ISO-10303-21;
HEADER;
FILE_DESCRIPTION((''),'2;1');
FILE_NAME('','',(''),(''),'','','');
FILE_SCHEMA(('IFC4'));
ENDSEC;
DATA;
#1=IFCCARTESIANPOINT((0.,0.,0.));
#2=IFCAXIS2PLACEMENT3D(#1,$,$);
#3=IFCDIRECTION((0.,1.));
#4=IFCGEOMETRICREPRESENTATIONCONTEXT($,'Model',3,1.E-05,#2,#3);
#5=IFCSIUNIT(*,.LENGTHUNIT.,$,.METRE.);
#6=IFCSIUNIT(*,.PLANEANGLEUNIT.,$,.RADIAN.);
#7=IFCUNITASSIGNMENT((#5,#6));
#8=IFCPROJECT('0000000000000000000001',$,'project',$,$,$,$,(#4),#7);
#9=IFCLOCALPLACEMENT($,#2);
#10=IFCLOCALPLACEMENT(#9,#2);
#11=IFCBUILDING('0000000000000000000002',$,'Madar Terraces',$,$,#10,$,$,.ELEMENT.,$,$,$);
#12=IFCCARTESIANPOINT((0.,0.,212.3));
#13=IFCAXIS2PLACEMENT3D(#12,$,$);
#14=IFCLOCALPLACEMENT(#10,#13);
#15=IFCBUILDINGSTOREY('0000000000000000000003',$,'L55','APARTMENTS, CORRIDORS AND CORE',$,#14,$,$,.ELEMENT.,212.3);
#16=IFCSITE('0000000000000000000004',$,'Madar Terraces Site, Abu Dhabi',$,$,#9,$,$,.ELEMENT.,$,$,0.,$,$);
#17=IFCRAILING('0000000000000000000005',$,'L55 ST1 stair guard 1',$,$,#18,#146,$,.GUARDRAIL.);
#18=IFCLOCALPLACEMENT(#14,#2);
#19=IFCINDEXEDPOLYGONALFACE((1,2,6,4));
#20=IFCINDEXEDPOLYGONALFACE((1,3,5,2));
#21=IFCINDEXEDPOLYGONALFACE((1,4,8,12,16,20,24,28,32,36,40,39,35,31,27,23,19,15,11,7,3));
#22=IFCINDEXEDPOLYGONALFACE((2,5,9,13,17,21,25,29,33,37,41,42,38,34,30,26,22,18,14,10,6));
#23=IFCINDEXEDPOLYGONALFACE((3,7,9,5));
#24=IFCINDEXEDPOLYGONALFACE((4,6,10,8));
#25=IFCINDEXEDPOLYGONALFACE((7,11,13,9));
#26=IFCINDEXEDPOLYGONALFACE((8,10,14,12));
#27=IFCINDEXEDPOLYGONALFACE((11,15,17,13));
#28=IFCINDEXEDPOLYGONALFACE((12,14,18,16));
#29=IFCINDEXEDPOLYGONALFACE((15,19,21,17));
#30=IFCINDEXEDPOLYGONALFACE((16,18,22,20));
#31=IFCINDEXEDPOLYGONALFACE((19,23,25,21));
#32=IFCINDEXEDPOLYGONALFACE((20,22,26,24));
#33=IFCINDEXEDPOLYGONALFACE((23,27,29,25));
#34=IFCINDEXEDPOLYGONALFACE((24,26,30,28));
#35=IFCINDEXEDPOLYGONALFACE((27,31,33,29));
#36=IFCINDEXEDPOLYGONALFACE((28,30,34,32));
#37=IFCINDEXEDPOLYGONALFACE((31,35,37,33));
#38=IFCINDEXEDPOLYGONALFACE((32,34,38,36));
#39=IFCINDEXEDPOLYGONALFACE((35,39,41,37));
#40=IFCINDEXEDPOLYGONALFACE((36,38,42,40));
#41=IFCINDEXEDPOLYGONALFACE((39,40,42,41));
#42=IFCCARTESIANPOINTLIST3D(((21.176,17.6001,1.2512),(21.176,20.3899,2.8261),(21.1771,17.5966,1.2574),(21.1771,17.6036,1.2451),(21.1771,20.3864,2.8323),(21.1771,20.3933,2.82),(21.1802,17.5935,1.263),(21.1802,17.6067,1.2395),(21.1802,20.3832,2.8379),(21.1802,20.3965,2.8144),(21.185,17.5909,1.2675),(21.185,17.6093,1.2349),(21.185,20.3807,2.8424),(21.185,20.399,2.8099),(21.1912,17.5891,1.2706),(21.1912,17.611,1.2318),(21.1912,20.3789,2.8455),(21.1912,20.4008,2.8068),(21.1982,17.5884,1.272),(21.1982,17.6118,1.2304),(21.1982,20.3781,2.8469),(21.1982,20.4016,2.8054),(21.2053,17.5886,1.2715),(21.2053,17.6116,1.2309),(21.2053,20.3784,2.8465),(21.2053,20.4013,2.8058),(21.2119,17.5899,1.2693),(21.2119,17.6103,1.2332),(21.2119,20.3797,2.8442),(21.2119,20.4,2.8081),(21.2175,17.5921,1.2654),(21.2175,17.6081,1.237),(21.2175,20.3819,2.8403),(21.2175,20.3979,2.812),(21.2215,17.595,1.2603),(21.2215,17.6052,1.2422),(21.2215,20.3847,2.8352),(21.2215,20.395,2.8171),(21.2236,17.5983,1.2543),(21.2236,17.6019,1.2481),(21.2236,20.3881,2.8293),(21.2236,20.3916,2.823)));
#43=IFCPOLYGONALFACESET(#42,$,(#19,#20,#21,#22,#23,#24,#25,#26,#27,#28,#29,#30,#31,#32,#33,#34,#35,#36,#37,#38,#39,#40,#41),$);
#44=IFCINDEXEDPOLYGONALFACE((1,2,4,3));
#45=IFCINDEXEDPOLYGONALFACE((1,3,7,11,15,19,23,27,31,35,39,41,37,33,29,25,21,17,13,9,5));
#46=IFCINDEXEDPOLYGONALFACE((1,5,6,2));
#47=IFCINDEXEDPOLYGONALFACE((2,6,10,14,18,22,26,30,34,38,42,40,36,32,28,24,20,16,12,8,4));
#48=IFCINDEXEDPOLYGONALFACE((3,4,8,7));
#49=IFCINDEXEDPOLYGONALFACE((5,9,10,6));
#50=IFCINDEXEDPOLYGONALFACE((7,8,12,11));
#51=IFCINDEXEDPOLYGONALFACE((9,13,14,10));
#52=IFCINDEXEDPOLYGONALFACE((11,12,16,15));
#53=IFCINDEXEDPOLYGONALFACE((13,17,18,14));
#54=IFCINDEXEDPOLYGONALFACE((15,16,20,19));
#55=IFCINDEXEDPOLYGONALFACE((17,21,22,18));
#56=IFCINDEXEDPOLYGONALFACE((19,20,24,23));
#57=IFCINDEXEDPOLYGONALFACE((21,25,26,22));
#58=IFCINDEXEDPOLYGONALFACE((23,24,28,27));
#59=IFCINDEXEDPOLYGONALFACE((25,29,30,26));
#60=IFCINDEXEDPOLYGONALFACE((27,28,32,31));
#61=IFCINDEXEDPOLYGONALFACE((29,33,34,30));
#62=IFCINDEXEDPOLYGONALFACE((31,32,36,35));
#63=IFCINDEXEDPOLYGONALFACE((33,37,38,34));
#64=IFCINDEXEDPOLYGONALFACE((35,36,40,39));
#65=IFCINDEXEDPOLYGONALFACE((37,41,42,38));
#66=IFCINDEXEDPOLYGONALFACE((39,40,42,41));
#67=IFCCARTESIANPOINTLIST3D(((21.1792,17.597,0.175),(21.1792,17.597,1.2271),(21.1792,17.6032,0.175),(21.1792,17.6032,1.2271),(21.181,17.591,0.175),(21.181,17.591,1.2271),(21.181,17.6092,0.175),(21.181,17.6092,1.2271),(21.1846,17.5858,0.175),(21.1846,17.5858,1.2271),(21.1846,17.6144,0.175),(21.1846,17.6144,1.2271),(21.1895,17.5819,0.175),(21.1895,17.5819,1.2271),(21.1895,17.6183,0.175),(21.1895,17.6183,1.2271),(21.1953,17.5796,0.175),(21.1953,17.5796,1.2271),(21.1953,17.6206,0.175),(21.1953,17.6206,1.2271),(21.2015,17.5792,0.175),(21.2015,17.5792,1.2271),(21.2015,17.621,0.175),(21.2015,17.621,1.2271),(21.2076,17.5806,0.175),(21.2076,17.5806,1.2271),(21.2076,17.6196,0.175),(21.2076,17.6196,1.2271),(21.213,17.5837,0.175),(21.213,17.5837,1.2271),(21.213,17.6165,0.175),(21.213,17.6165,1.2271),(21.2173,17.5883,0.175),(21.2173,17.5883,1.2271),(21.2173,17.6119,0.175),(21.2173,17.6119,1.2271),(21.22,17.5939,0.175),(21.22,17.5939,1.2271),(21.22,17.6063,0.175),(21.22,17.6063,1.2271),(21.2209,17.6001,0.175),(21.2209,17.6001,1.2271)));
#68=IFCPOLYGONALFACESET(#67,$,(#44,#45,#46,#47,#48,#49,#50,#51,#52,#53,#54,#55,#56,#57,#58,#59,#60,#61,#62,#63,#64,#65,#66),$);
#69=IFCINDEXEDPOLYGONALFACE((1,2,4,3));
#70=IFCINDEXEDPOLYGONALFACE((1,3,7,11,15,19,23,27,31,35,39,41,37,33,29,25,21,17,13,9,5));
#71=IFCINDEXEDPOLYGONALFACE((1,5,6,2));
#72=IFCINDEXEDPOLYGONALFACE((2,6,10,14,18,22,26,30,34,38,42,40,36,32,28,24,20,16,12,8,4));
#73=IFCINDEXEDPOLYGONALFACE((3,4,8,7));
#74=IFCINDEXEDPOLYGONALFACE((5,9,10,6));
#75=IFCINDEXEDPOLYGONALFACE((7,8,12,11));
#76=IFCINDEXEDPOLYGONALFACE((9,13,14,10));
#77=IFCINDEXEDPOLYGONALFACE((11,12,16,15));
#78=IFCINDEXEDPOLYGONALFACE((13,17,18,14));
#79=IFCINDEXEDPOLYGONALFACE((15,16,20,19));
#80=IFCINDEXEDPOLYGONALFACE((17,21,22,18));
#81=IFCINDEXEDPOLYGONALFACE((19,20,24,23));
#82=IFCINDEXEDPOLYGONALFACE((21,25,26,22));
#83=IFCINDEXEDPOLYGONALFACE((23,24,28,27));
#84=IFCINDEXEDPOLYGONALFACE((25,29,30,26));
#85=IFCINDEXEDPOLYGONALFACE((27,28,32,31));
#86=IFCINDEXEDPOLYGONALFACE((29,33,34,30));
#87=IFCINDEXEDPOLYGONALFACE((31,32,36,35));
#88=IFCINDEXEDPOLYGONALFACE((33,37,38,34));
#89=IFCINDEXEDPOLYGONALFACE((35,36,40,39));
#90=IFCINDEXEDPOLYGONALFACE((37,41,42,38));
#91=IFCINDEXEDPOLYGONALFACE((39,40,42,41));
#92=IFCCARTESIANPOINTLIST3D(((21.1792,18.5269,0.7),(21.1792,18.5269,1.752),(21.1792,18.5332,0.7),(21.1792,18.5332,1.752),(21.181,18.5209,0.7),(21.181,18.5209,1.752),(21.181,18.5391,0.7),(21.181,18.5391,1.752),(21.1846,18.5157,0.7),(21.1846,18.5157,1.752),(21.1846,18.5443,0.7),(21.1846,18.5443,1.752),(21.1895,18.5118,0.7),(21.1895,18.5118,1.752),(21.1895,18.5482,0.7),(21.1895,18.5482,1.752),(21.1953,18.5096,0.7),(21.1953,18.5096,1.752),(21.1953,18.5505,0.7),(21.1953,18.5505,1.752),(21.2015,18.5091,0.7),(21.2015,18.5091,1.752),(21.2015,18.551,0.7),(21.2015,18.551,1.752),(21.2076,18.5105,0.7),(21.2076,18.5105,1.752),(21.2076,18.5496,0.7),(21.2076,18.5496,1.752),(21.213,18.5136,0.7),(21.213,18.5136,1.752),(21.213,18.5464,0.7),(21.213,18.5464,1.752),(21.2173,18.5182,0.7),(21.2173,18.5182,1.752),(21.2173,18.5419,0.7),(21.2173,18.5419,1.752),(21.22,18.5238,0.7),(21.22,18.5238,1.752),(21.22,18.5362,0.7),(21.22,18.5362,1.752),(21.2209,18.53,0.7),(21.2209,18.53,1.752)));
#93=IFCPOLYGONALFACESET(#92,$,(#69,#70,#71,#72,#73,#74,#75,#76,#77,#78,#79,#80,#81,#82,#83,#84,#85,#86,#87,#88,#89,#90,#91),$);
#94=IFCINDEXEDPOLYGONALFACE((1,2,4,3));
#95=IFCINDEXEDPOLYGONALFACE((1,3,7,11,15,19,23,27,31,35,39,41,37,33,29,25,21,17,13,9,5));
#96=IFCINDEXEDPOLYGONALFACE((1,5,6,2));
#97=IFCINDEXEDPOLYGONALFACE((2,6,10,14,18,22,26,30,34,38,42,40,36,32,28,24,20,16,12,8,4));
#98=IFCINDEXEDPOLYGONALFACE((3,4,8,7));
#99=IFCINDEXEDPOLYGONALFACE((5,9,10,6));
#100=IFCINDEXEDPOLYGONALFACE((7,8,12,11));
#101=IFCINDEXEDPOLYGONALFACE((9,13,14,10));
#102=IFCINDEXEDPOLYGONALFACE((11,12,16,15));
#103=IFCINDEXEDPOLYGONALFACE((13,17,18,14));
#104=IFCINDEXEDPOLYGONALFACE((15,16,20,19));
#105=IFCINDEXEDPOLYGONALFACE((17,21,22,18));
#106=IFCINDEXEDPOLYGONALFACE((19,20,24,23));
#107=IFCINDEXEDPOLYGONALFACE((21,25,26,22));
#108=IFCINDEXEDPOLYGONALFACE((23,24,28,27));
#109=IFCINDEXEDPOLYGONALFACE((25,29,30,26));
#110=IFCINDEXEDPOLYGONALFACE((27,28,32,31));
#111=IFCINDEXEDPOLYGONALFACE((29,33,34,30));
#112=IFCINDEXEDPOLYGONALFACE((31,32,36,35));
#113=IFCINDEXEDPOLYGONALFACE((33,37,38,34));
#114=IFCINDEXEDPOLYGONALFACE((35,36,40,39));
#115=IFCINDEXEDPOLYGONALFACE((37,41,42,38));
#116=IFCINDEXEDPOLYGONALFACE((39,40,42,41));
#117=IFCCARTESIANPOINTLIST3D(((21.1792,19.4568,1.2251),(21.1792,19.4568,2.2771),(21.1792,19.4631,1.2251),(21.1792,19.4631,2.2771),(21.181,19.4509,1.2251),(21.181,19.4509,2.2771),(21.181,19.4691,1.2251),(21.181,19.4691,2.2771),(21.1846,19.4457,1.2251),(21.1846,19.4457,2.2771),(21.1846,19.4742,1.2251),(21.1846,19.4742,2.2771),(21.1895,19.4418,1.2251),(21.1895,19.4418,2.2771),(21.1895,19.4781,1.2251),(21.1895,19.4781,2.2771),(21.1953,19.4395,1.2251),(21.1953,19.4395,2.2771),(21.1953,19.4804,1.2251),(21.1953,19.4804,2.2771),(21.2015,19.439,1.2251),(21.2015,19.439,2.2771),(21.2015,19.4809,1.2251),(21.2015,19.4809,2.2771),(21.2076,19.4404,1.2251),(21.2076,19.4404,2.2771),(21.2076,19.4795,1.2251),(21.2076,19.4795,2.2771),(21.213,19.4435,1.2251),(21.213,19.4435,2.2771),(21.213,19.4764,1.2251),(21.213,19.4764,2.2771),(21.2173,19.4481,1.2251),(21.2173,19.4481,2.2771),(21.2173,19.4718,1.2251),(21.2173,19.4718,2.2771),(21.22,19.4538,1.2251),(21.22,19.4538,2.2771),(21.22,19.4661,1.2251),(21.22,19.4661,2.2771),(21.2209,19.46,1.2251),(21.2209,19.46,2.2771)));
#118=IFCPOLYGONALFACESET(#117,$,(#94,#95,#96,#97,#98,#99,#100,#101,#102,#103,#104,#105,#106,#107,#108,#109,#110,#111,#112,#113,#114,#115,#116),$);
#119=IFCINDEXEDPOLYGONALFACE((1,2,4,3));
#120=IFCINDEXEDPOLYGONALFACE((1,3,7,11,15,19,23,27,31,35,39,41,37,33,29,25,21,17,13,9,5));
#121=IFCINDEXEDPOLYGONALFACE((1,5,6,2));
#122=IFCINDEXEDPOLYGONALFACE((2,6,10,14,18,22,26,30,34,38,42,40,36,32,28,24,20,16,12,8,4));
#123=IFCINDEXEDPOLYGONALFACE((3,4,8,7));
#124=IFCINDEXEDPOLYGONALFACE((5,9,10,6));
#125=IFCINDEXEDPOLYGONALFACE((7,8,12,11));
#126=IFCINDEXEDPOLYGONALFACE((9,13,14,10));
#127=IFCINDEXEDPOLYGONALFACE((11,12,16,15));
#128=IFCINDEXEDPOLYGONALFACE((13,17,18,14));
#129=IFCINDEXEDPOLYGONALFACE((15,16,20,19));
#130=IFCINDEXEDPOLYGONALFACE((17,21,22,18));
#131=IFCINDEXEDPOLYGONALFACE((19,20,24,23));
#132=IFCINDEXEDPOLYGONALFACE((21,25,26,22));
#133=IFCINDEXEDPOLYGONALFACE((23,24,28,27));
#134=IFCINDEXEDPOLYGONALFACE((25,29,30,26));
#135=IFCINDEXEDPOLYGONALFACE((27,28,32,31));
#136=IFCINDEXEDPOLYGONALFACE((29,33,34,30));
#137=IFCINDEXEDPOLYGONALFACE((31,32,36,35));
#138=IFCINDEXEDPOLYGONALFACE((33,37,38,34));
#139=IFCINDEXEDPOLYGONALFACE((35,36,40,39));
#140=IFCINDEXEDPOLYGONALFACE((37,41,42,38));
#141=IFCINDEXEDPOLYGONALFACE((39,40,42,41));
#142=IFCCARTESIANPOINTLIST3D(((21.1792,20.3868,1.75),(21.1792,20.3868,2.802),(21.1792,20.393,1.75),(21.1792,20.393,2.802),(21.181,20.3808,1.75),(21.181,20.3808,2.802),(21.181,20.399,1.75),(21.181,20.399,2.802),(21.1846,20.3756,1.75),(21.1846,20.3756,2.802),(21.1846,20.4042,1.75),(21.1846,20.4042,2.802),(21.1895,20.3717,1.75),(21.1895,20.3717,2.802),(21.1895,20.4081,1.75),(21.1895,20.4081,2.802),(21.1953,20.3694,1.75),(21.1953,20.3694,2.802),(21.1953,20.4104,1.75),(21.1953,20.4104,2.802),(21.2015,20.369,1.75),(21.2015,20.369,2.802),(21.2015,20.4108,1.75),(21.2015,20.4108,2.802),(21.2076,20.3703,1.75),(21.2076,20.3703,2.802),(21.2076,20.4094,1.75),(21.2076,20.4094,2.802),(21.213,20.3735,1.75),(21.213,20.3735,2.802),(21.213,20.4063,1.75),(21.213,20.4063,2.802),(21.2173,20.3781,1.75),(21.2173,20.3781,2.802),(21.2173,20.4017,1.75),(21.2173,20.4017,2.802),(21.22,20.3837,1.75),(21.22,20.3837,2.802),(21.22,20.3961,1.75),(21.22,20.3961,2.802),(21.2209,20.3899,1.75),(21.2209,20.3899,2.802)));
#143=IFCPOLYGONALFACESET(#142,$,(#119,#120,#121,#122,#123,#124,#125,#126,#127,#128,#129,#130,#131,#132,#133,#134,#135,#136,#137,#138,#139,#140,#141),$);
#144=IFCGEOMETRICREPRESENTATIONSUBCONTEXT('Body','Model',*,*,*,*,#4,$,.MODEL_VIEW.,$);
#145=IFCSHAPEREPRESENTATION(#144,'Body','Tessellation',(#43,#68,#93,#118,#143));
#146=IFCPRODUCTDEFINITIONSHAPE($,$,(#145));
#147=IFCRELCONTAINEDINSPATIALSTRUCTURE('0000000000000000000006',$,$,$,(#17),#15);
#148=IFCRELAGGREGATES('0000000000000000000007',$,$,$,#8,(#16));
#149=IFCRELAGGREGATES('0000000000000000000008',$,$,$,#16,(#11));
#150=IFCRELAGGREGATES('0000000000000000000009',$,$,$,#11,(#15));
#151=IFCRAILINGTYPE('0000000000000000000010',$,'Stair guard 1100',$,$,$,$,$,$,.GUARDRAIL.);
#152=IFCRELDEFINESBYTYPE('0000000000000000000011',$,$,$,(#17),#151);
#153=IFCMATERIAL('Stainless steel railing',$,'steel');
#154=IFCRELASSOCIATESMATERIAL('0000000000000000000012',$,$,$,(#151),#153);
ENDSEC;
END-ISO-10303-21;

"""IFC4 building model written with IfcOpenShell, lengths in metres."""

from ifc_helpers import new_model, si_unit, direction, frame, origin, origin_2d, place, context, subcontext, project, spatial, circle, extrude, material, type_object, element, save


model = new_model("IFC4")

# Units and contexts
model_context = context("Model", 3, precision=1e-05, world=origin(), true_north=direction((0.0, 1.0)))
body_context = subcontext(model_context, "Body", "Model", "MODEL_VIEW")
ifc_project = project(units=[si_unit("LENGTHUNIT", "METRE"), si_unit("PLANEANGLEUNIT", "RADIAN")], contexts=[model_context])

# Site, building, storey
site_placement = place(None, origin())
site = spatial("IfcSite", under=ifc_project, at=site_placement, Name="Madar Terraces Site, Abu Dhabi", CompositionType="ELEMENT", RefElevation=0.0)
building_placement = place(site_placement, origin())
building = spatial("IfcBuilding", under=site, at=building_placement, Name="Madar Terraces", CompositionType="ELEMENT")
storey_placement = place(building_placement, frame((0.0, 0.0, 212.3)))
storey = spatial("IfcBuildingStorey", under=building, at=storey_placement, Name="L55", Description="APARTMENTS, CORRIDORS AND CORE", CompositionType="ELEMENT", Elevation=212.3)

# Railing
ifc_material_1 = material(Name="Stainless steel railing", Category="steel")
railing_type_1 = type_object("IfcRailingType", Name="Stair guard 1100", PredefinedType="GUARDRAIL", material=ifc_material_1)
railing_1_placement = place(storey_placement, frame((21.2, 17.6001, 0.175)))
element("IfcRailing", 1, at=railing_1_placement, inside=storey, type_object=railing_type_1, Name="L55 ST1 stair guard 1", PredefinedType="GUARDRAIL", context=body_context, shape_type="SweptSolid", body=[
    extrude(circle(Radius=0.0239, at=origin_2d()), frame((0.0, 0.0, 1.0762), z_axis=(0.0, 0.870815, 0.49161), x_axis=(-1.0, 0.0, 0.0)), (0.0, 0.0, 1.0), 3.2036),
    extrude(circle(Radius=0.021, at=origin_2d()), origin(), (0.0, 0.0, 1.0), 1.052),
    extrude(circle(Radius=0.021, at=origin_2d()), frame((0.0, 0.9299, 0.5249)), (0.0, 0.0, 1.0), 1.052),
    extrude(circle(Radius=0.021, at=origin_2d()), frame((0.0, 1.8599, 1.05)), (0.0, 0.0, 1.0), 1.052),
    extrude(circle(Radius=0.021, at=origin_2d()), frame((0.0, 2.7898, 1.575)), (0.0, 0.0, 1.0), 1.052),
])

save(model, "model.ifc")
